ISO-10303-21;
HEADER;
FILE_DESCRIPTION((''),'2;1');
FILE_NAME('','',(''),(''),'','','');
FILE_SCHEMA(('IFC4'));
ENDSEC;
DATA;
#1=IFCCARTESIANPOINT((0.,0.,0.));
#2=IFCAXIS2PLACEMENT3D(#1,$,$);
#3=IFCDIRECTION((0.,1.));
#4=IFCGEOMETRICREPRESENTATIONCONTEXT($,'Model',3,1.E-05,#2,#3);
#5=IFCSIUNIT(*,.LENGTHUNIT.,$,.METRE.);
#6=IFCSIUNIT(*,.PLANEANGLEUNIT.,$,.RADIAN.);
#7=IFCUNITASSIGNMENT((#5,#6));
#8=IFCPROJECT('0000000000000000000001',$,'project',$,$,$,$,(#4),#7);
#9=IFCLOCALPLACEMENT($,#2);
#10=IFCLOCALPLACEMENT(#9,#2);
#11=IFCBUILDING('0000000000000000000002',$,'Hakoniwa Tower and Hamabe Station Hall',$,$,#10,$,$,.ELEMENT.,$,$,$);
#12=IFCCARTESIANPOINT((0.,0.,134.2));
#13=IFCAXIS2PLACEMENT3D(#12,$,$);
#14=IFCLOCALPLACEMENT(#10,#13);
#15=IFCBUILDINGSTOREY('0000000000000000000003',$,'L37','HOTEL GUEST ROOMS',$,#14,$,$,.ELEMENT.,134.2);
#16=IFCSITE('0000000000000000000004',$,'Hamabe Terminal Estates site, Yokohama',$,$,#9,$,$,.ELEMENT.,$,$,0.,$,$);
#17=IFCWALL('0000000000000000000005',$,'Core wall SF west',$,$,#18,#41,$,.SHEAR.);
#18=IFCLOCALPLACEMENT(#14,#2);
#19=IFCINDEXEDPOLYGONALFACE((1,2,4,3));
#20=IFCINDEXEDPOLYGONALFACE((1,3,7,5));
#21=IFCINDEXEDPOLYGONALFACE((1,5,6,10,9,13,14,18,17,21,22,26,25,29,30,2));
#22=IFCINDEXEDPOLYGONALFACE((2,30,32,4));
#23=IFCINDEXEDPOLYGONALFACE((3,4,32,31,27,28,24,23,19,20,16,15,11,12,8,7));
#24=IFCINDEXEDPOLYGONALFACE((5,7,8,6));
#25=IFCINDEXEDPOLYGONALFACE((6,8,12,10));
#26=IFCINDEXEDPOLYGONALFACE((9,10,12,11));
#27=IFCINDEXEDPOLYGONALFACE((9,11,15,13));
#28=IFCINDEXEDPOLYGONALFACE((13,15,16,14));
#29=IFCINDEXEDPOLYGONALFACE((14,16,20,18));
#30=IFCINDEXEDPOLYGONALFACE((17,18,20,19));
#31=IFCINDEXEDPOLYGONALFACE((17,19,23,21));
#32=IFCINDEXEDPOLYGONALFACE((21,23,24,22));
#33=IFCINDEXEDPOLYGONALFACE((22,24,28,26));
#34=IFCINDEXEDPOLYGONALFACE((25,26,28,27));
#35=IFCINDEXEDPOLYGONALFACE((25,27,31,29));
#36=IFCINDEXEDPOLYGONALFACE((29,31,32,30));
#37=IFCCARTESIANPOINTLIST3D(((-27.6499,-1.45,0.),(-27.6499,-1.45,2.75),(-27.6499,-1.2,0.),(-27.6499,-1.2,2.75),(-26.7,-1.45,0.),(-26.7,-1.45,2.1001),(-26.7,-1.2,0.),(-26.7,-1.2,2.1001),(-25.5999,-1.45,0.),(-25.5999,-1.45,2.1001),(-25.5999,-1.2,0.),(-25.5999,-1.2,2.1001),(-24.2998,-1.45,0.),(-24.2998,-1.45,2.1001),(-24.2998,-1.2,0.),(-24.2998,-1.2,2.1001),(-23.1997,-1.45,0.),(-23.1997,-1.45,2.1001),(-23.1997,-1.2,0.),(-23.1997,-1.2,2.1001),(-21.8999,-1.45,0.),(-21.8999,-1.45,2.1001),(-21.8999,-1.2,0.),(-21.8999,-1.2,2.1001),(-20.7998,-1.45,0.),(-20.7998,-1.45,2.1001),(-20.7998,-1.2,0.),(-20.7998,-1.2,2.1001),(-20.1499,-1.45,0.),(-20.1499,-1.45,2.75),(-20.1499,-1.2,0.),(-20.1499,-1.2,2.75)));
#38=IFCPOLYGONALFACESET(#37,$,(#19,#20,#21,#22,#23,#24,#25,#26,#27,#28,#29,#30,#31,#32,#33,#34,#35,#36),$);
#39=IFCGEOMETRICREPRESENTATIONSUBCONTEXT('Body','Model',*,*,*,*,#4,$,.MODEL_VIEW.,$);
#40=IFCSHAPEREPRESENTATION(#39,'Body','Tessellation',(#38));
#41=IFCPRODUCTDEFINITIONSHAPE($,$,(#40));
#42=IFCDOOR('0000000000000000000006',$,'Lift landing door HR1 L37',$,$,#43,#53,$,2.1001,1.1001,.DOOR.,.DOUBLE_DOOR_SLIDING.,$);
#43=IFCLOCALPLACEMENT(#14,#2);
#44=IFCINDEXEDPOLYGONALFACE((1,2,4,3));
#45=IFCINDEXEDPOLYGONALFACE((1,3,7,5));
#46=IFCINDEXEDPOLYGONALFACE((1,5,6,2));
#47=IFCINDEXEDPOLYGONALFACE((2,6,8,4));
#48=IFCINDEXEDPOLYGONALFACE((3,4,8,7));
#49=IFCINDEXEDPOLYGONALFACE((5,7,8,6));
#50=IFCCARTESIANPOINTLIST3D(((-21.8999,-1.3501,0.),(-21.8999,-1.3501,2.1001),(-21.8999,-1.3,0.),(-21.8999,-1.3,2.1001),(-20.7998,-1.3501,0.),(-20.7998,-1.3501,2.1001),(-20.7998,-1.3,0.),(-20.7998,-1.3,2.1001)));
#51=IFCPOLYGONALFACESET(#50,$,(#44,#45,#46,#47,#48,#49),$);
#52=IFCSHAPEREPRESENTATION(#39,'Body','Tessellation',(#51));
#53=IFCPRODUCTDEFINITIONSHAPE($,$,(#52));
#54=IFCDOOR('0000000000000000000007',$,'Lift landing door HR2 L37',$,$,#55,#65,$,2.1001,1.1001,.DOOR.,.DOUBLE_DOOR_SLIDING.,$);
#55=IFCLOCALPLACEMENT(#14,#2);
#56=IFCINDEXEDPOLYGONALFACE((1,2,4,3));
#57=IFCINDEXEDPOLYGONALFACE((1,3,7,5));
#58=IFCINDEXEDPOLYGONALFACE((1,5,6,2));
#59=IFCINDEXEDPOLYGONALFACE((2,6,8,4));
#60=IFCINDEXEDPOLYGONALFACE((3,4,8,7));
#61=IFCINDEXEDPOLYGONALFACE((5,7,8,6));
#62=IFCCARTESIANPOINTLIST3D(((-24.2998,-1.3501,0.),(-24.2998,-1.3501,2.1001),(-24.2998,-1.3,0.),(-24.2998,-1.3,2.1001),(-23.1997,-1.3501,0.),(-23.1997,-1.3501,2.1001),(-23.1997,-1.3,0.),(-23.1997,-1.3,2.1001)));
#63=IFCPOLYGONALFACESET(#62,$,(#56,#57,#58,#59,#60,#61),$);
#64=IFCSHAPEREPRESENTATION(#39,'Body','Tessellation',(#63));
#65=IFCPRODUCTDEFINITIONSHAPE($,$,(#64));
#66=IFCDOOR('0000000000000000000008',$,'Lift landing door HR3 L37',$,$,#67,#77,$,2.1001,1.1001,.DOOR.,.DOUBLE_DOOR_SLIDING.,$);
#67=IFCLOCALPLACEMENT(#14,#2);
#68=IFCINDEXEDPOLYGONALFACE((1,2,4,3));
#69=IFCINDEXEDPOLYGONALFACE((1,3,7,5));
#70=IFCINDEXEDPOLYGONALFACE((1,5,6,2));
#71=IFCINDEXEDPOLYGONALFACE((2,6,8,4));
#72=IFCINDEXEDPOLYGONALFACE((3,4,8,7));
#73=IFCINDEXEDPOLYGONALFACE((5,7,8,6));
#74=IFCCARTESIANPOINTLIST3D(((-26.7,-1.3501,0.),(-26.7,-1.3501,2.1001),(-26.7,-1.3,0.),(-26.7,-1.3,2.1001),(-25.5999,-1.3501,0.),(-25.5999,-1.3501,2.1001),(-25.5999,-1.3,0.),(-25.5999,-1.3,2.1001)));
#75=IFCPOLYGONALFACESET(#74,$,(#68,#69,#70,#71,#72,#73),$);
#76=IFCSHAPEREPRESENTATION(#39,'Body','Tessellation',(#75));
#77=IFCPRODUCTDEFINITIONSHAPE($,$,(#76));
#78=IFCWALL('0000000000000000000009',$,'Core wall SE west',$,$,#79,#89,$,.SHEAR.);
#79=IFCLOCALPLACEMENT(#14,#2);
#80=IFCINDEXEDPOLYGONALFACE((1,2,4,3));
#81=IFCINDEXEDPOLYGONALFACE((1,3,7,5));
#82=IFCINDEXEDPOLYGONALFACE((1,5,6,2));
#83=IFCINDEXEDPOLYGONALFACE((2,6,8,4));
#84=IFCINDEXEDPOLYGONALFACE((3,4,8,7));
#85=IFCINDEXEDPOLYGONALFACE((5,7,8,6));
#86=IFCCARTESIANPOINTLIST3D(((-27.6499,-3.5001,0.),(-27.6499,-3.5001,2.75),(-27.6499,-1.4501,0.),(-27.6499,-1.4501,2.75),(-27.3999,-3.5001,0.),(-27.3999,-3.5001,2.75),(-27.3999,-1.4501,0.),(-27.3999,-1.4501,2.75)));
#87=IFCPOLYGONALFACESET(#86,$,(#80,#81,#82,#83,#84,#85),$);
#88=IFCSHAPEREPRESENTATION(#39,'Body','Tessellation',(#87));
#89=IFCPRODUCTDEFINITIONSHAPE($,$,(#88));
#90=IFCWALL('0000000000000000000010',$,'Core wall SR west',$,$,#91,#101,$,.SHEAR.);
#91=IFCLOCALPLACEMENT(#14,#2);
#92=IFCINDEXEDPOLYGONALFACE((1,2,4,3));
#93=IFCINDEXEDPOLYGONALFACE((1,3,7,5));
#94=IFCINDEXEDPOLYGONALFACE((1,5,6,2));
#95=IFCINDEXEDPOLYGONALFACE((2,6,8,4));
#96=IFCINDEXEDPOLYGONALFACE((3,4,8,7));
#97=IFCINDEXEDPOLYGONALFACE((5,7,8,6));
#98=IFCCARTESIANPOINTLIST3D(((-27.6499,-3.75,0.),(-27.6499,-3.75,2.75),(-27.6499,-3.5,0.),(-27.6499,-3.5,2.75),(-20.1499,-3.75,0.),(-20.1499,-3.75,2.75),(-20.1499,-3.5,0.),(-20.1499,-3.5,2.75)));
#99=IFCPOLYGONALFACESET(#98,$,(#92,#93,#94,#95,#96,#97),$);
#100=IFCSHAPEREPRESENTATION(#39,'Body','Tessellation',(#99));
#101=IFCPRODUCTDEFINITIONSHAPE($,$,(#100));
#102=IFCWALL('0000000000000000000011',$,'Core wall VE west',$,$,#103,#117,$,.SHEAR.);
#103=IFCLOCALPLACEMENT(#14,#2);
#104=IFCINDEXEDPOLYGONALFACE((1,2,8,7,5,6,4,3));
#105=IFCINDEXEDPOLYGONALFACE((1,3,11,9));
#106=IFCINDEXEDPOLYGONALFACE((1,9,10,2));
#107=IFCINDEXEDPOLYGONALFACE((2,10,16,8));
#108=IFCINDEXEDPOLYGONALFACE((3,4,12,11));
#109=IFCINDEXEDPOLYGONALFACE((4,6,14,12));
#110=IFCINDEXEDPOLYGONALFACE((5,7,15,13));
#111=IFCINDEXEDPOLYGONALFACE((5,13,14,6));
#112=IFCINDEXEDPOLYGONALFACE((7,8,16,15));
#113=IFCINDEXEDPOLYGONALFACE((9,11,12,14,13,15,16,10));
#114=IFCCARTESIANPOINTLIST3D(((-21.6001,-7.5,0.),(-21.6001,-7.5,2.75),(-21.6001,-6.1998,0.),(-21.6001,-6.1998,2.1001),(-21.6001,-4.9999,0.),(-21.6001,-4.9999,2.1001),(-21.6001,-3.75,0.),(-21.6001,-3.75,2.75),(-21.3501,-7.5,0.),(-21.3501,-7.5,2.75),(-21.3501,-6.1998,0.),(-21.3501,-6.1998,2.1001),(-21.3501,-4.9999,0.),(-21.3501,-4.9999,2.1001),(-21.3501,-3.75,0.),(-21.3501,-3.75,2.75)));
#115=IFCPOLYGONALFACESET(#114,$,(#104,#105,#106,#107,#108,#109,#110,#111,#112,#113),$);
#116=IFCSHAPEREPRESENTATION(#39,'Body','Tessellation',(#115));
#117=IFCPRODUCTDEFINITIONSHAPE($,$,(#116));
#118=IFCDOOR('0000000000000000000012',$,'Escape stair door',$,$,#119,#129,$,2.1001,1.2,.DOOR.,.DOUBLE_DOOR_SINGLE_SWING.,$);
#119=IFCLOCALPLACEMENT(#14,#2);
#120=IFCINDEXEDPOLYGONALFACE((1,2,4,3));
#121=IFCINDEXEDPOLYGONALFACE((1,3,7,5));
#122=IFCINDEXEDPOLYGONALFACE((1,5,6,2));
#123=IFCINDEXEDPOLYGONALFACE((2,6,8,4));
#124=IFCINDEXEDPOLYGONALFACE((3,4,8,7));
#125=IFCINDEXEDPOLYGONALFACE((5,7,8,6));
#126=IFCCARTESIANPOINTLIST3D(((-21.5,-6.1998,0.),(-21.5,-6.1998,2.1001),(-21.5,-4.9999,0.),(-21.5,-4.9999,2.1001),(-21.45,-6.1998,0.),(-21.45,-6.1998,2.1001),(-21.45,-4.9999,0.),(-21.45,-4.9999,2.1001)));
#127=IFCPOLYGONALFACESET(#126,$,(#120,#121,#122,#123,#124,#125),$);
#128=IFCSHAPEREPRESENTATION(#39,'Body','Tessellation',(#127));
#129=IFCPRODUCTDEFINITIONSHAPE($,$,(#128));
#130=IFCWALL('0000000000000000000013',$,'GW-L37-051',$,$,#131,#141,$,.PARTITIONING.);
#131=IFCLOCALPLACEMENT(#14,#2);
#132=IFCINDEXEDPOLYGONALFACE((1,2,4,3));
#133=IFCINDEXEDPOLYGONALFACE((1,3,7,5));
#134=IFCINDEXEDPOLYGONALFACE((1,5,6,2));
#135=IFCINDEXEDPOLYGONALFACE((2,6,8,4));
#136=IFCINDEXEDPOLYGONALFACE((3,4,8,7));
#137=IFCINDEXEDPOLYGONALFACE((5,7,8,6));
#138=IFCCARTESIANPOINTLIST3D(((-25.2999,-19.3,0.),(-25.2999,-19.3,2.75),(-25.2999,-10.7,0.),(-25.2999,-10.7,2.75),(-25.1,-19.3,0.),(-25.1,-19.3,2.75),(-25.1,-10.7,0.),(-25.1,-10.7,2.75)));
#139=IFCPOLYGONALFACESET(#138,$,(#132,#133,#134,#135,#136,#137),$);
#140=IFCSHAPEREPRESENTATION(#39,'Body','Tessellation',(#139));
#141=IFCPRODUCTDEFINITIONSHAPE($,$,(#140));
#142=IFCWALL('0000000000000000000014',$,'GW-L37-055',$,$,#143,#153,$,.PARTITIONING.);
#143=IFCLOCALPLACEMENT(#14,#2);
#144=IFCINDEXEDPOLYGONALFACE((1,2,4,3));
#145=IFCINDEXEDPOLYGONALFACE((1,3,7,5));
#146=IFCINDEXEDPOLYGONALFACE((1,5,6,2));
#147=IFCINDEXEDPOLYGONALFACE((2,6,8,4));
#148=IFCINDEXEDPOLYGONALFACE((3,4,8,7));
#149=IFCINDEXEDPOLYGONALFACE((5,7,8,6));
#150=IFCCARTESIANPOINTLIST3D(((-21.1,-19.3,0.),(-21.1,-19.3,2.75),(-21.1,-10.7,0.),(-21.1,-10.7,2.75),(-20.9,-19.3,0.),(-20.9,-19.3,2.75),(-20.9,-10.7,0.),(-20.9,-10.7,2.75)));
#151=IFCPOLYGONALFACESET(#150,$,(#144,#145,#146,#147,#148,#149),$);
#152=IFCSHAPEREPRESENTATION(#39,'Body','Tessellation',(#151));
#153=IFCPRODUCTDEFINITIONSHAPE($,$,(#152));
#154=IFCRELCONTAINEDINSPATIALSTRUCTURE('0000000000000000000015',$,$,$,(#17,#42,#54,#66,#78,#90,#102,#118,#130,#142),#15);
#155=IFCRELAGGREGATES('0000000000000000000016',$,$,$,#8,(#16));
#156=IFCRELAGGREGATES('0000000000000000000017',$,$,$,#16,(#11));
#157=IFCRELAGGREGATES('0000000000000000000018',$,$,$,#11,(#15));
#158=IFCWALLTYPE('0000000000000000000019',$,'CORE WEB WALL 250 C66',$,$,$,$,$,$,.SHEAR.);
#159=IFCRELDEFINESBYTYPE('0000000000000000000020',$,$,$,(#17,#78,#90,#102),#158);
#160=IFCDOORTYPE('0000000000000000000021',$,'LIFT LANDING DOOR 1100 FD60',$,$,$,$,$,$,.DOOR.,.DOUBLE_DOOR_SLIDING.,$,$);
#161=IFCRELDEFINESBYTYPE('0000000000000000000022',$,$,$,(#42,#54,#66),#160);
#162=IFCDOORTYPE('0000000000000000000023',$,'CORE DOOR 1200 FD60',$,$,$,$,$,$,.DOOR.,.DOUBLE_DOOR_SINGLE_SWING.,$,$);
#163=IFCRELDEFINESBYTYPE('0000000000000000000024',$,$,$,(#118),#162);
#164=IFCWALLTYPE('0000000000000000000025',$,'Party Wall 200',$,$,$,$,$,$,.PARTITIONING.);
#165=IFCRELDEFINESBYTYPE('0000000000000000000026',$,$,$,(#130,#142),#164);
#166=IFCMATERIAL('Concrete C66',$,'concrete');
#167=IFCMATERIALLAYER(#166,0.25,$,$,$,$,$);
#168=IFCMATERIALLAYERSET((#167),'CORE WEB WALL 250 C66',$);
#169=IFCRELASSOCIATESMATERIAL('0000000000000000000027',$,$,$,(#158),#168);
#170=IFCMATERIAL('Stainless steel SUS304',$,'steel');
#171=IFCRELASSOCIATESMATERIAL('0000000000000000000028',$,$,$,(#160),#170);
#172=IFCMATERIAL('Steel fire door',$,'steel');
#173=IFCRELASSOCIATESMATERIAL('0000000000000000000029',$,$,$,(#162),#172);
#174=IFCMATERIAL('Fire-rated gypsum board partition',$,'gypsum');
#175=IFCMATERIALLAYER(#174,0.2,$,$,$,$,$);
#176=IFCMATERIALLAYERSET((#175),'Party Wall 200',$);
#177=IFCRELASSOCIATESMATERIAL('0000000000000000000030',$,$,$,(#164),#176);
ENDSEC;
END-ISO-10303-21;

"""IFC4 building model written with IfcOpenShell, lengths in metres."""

from ifc_helpers import new_model, si_unit, direction, frame, frame_2d, origin, place, context, subcontext, project, spatial, rectangle, extrude, material, layer, layer_set, type_object, element, fill, save


model = new_model("IFC4")

# Units and contexts
model_context = context("Model", 3, precision=1e-05, world=origin(), true_north=direction((0.0, 1.0)))
body_context = subcontext(model_context, "Body", "Model", "MODEL_VIEW")
ifc_project = project(units=[si_unit("LENGTHUNIT", "METRE"), si_unit("PLANEANGLEUNIT", "RADIAN")], contexts=[model_context])

# Site, building, storey
site_placement = place(None, origin())
site = spatial("IfcSite", under=ifc_project, at=site_placement, Name="Hamabe Terminal Estates site, Yokohama", CompositionType="ELEMENT", RefElevation=0.0)
building_placement = place(site_placement, origin())
building = spatial("IfcBuilding", under=site, at=building_placement, Name="Hakoniwa Tower and Hamabe Station Hall", CompositionType="ELEMENT")
storey_placement = place(building_placement, frame((0.0, 0.0, 134.2)))
storey = spatial("IfcBuildingStorey", under=building, at=storey_placement, Name="L37", Description="HOTEL GUEST ROOMS", CompositionType="ELEMENT", Elevation=134.2)

# Shared definitions
ifc_material_1 = material(Name="Concrete C66", Category="concrete")
ifc_layer_1 = layer(ifc_material_1, 0.25)
ifc_layer_set_1 = layer_set([ifc_layer_1], Name="CORE WEB WALL 250 C66")
wall_type_1 = type_object("IfcWallType", Name="CORE WEB WALL 250 C66", PredefinedType="SHEAR", material=ifc_layer_set_1)

# Wall, openings, doors
wall_1_placement = place(storey_placement, frame((-27.6499, -1.325, 0.0), z_axis=(0.0, 0.0, 1.0), x_axis=(1.0, 0.0, 0.0)))
wall_1 = element("IfcWall", 1, at=wall_1_placement, inside=storey, type_object=wall_type_1, Name="Core wall SF west", PredefinedType="SHEAR", context=body_context, shape_type="SweptSolid", body=[
    extrude(rectangle(XDim=7.5, YDim=0.25, at=frame_2d((3.75, 0.0))), origin(), (0.0, 0.0, 1.0), 2.75),
])
opening_1_placement = place(wall_1_placement, frame((5.75, 0.0, 0.0)))
opening_1 = element("IfcOpeningElement", 2, at=opening_1_placement, cuts=wall_1, PredefinedType="OPENING", context=body_context, shape_type="SweptSolid", body=[
    extrude(rectangle(XDim=1.1001, YDim=2.1001, at=frame_2d((0.55, 1.05))), frame((0.0, 0.135, 0.0), z_axis=(0.0, -1.0, 0.0), x_axis=(1.0, 0.0, 0.0)), (0.0, 0.0, 1.0), 0.27),
])
opening_2_placement = place(wall_1_placement, frame((3.3501, 0.0, 0.0)))
opening_2 = element("IfcOpeningElement", 3, at=opening_2_placement, cuts=wall_1, PredefinedType="OPENING", context=body_context, shape_type="SweptSolid", body=[
    extrude(rectangle(XDim=1.1001, YDim=2.1001, at=frame_2d((0.55, 1.05))), frame((0.0, 0.135, 0.0), z_axis=(0.0, -1.0, 0.0), x_axis=(1.0, 0.0, 0.0)), (0.0, 0.0, 1.0), 0.27),
])
opening_3_placement = place(wall_1_placement, frame((0.95, 0.0, 0.0)))
opening_3 = element("IfcOpeningElement", 4, at=opening_3_placement, cuts=wall_1, PredefinedType="OPENING", context=body_context, shape_type="SweptSolid", body=[
    extrude(rectangle(XDim=1.1001, YDim=2.1001, at=frame_2d((0.55, 1.05))), frame((0.0, 0.135, 0.0), z_axis=(0.0, -1.0, 0.0), x_axis=(1.0, 0.0, 0.0)), (0.0, 0.0, 1.0), 0.27),
])
ifc_material_2 = material(Name="Stainless steel SUS304", Category="steel")
door_type_1 = type_object("IfcDoorType", Name="LIFT LANDING DOOR 1100 FD60", OperationType="DOUBLE_DOOR_SLIDING", PredefinedType="DOOR", material=ifc_material_2)
door_1_placement = place(opening_1_placement, origin())
door_1 = element("IfcDoor", 5, at=door_1_placement, inside=storey, type_object=door_type_1, Name="Lift landing door HR1 L37", OperationType="DOUBLE_DOOR_SLIDING", OverallHeight=2.1001, OverallWidth=1.1001, PredefinedType="DOOR", context=body_context, shape_type="SweptSolid", body=[
    extrude(rectangle(XDim=1.1001, YDim=2.1001, at=frame_2d((0.55, 1.05))), frame((0.0, 0.0249, 0.0), z_axis=(0.0, -1.0, 0.0), x_axis=(1.0, 0.0, 0.0)), (0.0, 0.0, 1.0), 0.05),
])
fill(opening_1, door_1)
door_2_placement = place(opening_2_placement, origin())
door_2 = element("IfcDoor", 6, at=door_2_placement, inside=storey, type_object=door_type_1, Name="Lift landing door HR2 L37", OperationType="DOUBLE_DOOR_SLIDING", OverallHeight=2.1001, OverallWidth=1.1001, PredefinedType="DOOR", context=body_context, shape_type="SweptSolid", body=[
    extrude(rectangle(XDim=1.1001, YDim=2.1001, at=frame_2d((0.55, 1.05))), frame((0.0, 0.0249, 0.0), z_axis=(0.0, -1.0, 0.0), x_axis=(1.0, 0.0, 0.0)), (0.0, 0.0, 1.0), 0.05),
])
fill(opening_2, door_2)
door_3_placement = place(opening_3_placement, origin())
door_3 = element("IfcDoor", 7, at=door_3_placement, inside=storey, type_object=door_type_1, Name="Lift landing door HR3 L37", OperationType="DOUBLE_DOOR_SLIDING", OverallHeight=2.1001, OverallWidth=1.1001, PredefinedType="DOOR", context=body_context, shape_type="SweptSolid", body=[
    extrude(rectangle(XDim=1.1001, YDim=2.1001, at=frame_2d((0.55, 1.05))), frame((0.0, 0.0249, 0.0), z_axis=(0.0, -1.0, 0.0), x_axis=(1.0, 0.0, 0.0)), (0.0, 0.0, 1.0), 0.05),
])
fill(opening_3, door_3)

# Walls
wall_2_placement = place(storey_placement, frame((-27.5249, -3.5, 0.0), z_axis=(0.0, 0.0, 1.0), x_axis=(0.0, 1.0, 0.0)))
element("IfcWall", 8, at=wall_2_placement, inside=storey, type_object=wall_type_1, Name="Core wall SE west", PredefinedType="SHEAR", context=body_context, shape_type="SweptSolid", body=[
    extrude(rectangle(XDim=2.05, YDim=0.25, at=frame_2d((1.0249, 0.0))), origin(), (0.0, 0.0, 1.0), 2.75),
])
wall_3_placement = place(storey_placement, frame((-27.6499, -3.625, 0.0), z_axis=(0.0, 0.0, 1.0), x_axis=(1.0, 0.0, 0.0)))
element("IfcWall", 9, at=wall_3_placement, inside=storey, type_object=wall_type_1, Name="Core wall SR west", PredefinedType="SHEAR", context=body_context, shape_type="SweptSolid", body=[
    extrude(rectangle(XDim=7.5, YDim=0.25, at=frame_2d((3.75, 0.0))), origin(), (0.0, 0.0, 1.0), 2.75),
])

# Wall, opening, door
wall_4_placement = place(storey_placement, frame((-21.4751, -7.5, 0.0), z_axis=(0.0, 0.0, 1.0), x_axis=(0.0, 1.0, 0.0)))
wall_4 = element("IfcWall", 10, at=wall_4_placement, inside=storey, type_object=wall_type_1, Name="Core wall VE west", PredefinedType="SHEAR", context=body_context, shape_type="SweptSolid", body=[
    extrude(rectangle(XDim=3.75, YDim=0.25, at=frame_2d((1.875, 0.0))), origin(), (0.0, 0.0, 1.0), 2.75),
])
opening_4_placement = place(wall_4_placement, frame((1.3, 0.0, 0.0)))
opening_4 = element("IfcOpeningElement", 11, at=opening_4_placement, cuts=wall_4, PredefinedType="OPENING", context=body_context, shape_type="SweptSolid", body=[
    extrude(rectangle(XDim=1.2, YDim=2.1001, at=frame_2d((0.6001, 1.05))), frame((0.0, 0.135, 0.0), z_axis=(0.0, -1.0, 0.0), x_axis=(1.0, 0.0, 0.0)), (0.0, 0.0, 1.0), 0.27),
])
ifc_material_3 = material(Name="Steel fire door", Category="steel")
door_type_2 = type_object("IfcDoorType", Name="CORE DOOR 1200 FD60", OperationType="DOUBLE_DOOR_SINGLE_SWING", PredefinedType="DOOR", material=ifc_material_3)
door_4_placement = place(opening_4_placement, origin())
door_4 = element("IfcDoor", 12, at=door_4_placement, inside=storey, type_object=door_type_2, Name="Escape stair door", OperationType="DOUBLE_DOOR_SINGLE_SWING", OverallHeight=2.1001, OverallWidth=1.2, PredefinedType="DOOR", context=body_context, shape_type="SweptSolid", body=[
    extrude(rectangle(XDim=1.2, YDim=2.1001, at=frame_2d((0.6001, 1.05))), frame((0.0, 0.0249, 0.0), z_axis=(0.0, -1.0, 0.0), x_axis=(1.0, 0.0, 0.0)), (0.0, 0.0, 1.0), 0.05),
])
fill(opening_4, door_4)

# Walls
ifc_material_4 = material(Name="Fire-rated gypsum board partition", Category="gypsum")
ifc_layer_2 = layer(ifc_material_4, 0.2)
ifc_layer_set_2 = layer_set([ifc_layer_2], Name="Party Wall 200")
wall_type_2 = type_object("IfcWallType", Name="Party Wall 200", PredefinedType="PARTITIONING", material=ifc_layer_set_2)
for number, where, z_axis, x_axis, name in (
    (13, (-25.2, -19.3, 0.0), (0.0, 0.0, 1.0), (0.0, 1.0, 0.0), "GW-L37-051"),
    (14, (-21.0, -19.3, 0.0), (0.0, 0.0, 1.0), (0.0, 1.0, 0.0), "GW-L37-055"),
):
    element("IfcWall", number, at=place(storey_placement, frame(where, z_axis=z_axis, x_axis=x_axis)), inside=storey, type_object=wall_type_2, Name=name, PredefinedType="PARTITIONING", context=body_context, shape_type="SweptSolid", body=[
        extrude(rectangle(XDim=8.6001, YDim=0.2, at=frame_2d((4.3, 0.0))), origin(), (0.0, 0.0, 1.0), 2.75),
    ])

save(model, "model.ifc")
